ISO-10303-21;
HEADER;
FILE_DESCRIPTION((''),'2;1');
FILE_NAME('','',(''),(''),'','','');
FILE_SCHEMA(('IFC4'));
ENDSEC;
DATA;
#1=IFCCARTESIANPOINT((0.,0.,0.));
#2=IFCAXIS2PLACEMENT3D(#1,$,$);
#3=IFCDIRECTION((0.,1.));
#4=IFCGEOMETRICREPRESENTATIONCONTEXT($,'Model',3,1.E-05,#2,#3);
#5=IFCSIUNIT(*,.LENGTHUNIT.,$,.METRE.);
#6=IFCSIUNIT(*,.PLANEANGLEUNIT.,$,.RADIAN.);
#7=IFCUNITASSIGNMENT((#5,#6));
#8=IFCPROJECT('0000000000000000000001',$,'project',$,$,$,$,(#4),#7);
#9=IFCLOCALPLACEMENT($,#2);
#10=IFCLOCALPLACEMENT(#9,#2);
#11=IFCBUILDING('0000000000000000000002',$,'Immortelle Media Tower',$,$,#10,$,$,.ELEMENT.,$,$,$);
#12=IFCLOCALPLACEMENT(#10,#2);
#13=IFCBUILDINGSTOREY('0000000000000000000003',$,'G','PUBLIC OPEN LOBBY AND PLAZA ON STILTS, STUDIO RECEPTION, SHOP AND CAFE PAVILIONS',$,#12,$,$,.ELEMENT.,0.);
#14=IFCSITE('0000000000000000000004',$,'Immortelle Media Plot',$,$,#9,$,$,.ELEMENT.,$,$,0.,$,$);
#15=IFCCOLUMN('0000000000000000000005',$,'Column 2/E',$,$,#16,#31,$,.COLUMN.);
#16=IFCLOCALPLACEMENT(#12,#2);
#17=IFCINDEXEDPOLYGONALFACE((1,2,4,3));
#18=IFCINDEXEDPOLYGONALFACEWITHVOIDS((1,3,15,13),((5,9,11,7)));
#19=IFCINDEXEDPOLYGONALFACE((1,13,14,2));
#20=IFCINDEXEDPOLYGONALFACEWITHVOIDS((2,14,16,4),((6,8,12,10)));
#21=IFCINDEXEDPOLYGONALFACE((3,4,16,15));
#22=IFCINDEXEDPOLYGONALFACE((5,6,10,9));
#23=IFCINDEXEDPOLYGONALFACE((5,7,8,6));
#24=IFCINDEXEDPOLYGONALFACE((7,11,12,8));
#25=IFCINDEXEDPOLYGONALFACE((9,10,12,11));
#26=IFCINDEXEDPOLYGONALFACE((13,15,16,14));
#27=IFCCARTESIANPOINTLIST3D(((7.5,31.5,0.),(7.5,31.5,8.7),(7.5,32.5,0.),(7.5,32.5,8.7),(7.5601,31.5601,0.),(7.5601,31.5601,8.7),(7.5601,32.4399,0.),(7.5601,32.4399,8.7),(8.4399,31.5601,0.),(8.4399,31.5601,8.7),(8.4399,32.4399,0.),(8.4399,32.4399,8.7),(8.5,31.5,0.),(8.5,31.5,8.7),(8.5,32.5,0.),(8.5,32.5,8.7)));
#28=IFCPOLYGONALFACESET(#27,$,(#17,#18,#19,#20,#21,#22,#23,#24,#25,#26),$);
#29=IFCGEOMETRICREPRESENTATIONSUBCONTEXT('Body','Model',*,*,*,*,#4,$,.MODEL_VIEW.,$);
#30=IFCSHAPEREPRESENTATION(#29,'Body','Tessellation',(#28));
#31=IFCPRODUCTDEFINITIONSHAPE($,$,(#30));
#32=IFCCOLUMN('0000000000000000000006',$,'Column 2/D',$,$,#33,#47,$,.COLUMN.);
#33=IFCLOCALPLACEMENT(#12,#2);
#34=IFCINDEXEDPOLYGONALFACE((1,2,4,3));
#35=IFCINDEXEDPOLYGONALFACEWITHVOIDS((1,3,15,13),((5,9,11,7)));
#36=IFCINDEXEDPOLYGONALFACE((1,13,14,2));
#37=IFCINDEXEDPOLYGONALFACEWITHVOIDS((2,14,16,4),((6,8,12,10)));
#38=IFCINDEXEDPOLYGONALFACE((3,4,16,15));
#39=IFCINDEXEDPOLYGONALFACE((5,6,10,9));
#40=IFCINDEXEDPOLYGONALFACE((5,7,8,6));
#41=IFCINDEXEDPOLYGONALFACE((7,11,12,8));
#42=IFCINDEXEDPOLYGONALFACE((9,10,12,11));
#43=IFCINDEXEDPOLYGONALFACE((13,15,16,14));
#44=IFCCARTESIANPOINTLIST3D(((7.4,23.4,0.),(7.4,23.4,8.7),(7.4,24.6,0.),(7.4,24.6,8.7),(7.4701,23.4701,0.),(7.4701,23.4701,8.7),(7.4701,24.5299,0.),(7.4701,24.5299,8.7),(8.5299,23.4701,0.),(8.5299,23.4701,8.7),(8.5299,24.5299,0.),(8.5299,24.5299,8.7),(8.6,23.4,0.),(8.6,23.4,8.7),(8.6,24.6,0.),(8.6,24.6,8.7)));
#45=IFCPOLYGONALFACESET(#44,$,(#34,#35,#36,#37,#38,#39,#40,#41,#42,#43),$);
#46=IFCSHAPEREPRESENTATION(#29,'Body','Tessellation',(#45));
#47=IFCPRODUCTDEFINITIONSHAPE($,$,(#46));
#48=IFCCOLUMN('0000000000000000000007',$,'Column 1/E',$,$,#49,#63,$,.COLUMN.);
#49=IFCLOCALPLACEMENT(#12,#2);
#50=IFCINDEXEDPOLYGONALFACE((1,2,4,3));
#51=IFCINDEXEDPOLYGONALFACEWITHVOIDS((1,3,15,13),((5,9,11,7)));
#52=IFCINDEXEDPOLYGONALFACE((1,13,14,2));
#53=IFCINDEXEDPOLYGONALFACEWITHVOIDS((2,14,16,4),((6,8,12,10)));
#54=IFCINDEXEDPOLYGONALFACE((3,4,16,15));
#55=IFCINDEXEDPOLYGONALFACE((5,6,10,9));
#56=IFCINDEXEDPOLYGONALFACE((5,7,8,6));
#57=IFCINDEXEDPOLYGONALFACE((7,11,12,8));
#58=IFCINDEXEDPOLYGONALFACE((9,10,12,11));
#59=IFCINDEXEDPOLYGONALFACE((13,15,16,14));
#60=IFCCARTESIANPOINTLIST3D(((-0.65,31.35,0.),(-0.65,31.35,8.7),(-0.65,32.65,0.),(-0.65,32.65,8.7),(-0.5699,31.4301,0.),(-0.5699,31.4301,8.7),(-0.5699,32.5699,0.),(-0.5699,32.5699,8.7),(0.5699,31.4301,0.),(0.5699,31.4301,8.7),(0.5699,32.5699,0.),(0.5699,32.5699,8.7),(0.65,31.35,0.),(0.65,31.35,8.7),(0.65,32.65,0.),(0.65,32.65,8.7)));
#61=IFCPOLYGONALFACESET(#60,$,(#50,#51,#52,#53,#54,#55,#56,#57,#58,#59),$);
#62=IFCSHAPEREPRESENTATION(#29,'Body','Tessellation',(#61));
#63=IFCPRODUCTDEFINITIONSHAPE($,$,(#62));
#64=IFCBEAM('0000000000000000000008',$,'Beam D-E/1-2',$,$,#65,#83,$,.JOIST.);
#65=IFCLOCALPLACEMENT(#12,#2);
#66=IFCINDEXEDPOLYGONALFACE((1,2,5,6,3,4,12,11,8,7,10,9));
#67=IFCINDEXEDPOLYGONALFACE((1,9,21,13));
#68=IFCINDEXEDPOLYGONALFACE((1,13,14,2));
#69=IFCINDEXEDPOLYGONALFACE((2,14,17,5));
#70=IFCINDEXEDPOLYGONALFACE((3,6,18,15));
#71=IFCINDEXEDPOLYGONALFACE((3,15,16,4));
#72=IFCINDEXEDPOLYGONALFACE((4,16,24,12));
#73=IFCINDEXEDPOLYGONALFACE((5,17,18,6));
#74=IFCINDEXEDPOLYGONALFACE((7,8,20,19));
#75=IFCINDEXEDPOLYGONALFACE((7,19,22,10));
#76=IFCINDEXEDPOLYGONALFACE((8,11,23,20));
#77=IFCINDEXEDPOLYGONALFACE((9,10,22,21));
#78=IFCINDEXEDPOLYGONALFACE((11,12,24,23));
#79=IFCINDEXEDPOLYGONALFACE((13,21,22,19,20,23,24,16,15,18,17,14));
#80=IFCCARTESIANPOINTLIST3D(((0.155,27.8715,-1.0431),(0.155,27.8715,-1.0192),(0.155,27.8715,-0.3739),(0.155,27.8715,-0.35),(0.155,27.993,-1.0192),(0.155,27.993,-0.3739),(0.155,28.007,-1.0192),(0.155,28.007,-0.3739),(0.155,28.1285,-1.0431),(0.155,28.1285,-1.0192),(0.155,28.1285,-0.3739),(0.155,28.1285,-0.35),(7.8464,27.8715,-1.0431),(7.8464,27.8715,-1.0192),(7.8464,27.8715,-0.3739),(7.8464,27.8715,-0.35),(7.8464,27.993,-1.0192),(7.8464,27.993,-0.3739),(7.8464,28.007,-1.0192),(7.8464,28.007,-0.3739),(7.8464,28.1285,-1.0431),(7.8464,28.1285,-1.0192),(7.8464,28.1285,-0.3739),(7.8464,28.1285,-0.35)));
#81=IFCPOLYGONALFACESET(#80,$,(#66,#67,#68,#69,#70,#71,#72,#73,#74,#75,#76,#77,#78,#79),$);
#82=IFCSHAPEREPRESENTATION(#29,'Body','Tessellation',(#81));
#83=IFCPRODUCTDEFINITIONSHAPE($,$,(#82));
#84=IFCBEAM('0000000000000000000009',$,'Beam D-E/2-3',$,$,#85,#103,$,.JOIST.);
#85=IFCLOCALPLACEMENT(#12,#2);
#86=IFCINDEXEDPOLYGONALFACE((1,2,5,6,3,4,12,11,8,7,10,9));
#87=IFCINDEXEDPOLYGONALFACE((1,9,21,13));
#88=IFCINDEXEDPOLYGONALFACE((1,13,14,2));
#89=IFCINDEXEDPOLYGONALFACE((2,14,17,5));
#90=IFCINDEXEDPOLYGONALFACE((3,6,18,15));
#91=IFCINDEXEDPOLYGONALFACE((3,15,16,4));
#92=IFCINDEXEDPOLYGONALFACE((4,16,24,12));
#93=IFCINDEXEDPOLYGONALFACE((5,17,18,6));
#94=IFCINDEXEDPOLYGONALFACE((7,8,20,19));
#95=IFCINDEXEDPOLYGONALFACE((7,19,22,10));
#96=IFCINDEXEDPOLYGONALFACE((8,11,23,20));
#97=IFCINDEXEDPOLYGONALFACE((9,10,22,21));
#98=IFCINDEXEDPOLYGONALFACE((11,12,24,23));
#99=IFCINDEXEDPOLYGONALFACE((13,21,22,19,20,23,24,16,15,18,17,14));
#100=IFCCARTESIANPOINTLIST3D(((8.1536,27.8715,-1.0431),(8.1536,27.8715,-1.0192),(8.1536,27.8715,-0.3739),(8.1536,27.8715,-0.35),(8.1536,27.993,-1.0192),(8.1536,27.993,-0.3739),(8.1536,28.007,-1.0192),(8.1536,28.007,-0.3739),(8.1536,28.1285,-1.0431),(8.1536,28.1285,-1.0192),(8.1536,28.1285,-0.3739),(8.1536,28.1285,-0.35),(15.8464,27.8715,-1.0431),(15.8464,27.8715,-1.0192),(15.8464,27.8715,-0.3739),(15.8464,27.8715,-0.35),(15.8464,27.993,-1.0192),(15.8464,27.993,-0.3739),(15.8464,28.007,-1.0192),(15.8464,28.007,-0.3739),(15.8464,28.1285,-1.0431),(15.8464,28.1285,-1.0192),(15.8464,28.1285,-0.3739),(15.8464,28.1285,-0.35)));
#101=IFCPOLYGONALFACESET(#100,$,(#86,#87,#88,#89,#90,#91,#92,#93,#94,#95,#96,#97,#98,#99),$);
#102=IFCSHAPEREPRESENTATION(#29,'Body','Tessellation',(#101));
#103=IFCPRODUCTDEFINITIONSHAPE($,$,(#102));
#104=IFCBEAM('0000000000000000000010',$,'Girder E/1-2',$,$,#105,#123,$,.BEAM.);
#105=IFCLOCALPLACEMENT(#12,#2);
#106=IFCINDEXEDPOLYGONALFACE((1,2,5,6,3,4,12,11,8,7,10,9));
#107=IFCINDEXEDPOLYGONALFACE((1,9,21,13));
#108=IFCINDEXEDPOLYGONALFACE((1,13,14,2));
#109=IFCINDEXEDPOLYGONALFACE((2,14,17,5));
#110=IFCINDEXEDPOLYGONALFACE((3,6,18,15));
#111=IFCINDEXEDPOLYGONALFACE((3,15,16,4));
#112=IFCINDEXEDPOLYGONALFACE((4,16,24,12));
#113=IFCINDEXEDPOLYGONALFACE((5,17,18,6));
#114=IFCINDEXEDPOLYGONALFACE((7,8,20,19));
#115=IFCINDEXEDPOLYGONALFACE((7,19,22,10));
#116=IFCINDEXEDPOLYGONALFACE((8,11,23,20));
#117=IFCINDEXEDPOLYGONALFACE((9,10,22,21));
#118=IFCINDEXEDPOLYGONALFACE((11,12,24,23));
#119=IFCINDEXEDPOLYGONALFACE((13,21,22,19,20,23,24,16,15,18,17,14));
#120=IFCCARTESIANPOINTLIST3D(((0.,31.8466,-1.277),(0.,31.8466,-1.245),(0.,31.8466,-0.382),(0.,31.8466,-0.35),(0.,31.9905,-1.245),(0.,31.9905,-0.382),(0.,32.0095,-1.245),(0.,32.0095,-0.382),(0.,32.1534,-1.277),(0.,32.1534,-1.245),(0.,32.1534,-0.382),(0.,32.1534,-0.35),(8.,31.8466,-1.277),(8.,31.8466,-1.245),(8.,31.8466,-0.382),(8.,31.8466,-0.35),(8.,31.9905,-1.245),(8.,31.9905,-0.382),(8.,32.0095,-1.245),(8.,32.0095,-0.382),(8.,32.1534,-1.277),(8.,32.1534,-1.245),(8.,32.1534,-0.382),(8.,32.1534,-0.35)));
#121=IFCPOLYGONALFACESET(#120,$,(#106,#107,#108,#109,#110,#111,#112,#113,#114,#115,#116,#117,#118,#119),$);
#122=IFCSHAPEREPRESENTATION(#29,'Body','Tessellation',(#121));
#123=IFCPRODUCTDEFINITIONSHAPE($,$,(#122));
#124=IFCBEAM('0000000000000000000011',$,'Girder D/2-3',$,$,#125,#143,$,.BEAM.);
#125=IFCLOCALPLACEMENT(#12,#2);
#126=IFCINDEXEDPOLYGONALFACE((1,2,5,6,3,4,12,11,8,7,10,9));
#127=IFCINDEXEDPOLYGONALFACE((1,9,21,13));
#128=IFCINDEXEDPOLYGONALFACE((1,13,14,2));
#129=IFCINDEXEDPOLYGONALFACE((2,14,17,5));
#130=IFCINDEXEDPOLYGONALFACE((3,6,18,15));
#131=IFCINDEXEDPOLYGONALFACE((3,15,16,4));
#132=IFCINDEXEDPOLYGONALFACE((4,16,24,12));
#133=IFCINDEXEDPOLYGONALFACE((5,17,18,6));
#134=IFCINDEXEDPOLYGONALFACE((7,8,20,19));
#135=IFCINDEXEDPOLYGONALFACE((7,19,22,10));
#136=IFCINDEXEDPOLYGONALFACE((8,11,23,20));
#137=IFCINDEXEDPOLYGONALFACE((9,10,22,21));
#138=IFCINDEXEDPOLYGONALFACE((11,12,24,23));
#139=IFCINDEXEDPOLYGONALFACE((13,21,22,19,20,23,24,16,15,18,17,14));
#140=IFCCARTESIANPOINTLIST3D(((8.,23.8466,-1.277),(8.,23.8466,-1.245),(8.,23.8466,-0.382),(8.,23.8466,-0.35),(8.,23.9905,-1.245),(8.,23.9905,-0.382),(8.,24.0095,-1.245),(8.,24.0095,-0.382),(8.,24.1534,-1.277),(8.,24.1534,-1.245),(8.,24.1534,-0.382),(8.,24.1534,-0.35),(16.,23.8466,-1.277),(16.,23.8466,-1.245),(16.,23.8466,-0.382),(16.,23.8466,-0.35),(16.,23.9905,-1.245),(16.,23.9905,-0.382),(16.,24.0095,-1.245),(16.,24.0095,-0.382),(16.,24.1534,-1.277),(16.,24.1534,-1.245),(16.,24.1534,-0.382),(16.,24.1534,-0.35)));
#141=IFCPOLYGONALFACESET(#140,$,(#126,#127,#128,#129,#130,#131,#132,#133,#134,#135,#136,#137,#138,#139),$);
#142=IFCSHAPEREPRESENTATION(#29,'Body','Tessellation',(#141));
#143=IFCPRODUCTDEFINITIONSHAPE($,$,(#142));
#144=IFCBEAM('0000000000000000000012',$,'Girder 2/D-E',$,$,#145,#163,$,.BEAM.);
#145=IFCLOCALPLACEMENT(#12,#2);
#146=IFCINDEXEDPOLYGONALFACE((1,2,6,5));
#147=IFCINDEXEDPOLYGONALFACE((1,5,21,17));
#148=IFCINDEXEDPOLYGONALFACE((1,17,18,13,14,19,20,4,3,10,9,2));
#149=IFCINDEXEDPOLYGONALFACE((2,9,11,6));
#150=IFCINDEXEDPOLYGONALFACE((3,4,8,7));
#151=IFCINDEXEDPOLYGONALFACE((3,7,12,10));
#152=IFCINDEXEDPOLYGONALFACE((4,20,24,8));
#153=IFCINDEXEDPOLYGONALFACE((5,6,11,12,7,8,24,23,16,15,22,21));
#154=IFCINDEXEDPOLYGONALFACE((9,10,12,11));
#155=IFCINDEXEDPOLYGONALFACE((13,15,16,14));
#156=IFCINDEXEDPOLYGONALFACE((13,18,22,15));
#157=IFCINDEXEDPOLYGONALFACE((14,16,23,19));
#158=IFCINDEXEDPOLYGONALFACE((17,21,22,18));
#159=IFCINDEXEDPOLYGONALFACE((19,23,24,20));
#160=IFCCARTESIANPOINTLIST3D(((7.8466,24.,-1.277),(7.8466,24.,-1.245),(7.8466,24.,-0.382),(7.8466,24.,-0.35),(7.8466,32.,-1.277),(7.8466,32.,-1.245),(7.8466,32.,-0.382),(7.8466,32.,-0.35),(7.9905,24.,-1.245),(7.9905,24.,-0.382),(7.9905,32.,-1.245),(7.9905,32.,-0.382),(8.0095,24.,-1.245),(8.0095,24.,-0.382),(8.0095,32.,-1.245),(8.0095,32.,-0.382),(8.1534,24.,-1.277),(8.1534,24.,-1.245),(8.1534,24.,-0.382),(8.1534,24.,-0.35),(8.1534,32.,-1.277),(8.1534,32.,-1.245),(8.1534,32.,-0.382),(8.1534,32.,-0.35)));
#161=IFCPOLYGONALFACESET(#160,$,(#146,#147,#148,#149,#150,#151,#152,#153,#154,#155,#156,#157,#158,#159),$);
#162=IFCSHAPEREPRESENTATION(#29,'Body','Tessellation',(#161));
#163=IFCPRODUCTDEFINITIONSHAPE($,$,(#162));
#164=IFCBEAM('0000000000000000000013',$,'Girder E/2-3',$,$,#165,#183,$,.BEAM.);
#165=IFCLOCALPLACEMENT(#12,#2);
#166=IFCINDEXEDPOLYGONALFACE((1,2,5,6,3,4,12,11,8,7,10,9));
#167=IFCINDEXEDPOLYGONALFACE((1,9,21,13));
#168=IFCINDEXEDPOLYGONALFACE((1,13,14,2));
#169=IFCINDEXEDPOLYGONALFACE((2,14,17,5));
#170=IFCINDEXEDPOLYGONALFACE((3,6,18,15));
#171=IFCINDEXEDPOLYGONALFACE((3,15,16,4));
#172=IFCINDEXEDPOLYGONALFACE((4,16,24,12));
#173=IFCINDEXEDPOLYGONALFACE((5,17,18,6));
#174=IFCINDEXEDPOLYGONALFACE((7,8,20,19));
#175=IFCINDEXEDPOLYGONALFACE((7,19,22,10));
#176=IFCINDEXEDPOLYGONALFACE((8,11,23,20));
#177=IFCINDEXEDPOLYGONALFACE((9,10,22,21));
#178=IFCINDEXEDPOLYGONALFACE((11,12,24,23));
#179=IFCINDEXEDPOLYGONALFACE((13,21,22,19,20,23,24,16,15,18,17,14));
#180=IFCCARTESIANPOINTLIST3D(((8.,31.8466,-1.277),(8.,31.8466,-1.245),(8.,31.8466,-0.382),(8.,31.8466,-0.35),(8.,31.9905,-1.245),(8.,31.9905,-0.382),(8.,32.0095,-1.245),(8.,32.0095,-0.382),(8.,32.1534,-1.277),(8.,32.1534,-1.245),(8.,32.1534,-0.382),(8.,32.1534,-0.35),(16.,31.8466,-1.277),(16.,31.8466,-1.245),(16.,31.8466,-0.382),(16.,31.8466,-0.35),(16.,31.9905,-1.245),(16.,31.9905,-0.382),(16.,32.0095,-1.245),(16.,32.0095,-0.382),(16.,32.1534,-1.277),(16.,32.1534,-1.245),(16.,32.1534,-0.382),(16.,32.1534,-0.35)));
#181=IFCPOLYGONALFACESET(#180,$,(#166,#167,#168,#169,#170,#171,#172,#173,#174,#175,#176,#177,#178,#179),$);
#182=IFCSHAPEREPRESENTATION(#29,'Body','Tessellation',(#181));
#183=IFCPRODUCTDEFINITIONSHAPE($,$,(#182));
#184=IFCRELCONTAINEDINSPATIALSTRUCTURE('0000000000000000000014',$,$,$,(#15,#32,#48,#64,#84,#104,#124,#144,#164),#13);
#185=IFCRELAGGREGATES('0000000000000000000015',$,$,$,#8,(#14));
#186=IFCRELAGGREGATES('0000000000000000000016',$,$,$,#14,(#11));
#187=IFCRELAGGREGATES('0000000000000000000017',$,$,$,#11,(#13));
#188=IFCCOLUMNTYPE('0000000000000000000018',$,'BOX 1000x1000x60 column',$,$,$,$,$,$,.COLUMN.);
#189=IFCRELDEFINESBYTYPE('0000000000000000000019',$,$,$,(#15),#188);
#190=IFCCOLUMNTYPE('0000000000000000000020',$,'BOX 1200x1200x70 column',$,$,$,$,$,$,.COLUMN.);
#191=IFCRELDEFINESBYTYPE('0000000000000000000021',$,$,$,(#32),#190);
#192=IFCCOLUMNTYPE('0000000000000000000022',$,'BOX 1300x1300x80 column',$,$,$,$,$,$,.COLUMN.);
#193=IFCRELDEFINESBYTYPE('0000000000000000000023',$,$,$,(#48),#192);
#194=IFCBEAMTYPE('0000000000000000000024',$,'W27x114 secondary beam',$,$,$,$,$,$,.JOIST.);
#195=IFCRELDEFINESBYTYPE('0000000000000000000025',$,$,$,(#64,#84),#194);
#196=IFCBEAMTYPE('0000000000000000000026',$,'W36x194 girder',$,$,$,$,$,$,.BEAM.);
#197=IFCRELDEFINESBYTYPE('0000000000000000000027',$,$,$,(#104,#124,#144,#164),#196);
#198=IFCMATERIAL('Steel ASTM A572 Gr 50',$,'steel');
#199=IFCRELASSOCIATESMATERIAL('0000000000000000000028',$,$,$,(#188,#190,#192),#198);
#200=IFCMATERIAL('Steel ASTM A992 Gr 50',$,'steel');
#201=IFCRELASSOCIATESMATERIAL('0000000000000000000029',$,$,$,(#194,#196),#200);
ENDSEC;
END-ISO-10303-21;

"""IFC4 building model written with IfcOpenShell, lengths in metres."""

from ifc_helpers import new_model, si_unit, direction, frame, origin, origin_2d, place, context, subcontext, project, spatial, hollow_rectangle, i_section, extrude, material, material_profile, profile_set, type_object, element, save


model = new_model("IFC4")

# Units and contexts
model_context = context("Model", 3, precision=1e-05, world=origin(), true_north=direction((0.0, 1.0)))
body_context = subcontext(model_context, "Body", "Model", "MODEL_VIEW")
ifc_project = project(units=[si_unit("LENGTHUNIT", "METRE"), si_unit("PLANEANGLEUNIT", "RADIAN")], contexts=[model_context])

# Site, building, storey
site_placement = place(None, origin())
site = spatial("IfcSite", under=ifc_project, at=site_placement, Name="Immortelle Media Plot", CompositionType="ELEMENT", RefElevation=0.0)
building_placement = place(site_placement, origin())
building = spatial("IfcBuilding", under=site, at=building_placement, Name="Immortelle Media Tower", CompositionType="ELEMENT")
storey_placement = place(building_placement, origin())
storey = spatial("IfcBuildingStorey", under=building, at=storey_placement, Name="G", Description="PUBLIC OPEN LOBBY AND PLAZA ON STILTS, STUDIO RECEPTION, SHOP AND CAFE PAVILIONS", CompositionType="ELEMENT", Elevation=0.0)

# Columns
ifc_material_1 = material(Name="Steel ASTM A572 Gr 50", Category="steel")
ifc_material_profile_1 = material_profile(ifc_material_1, hollow_rectangle(XDim=1.0, YDim=1.0, WallThickness=0.0601, at=origin_2d()), Name="BOX 1000x1000x60 column")
ifc_profile_set_1 = profile_set([ifc_material_profile_1], Name="Steel ASTM A572 Gr 50")
column_type_1 = type_object("IfcColumnType", Name="BOX 1000x1000x60 column", PredefinedType="COLUMN", material=ifc_profile_set_1)
column_1_placement = place(storey_placement, frame((8.0, 32.0, 0.0), z_axis=(0.0, 0.0, 1.0), x_axis=(1.0, 0.0, 0.0)))
element("IfcColumn", 1, at=column_1_placement, inside=storey, type_object=column_type_1, Name="Column 2/E", PredefinedType="COLUMN", context=body_context, shape_type="SweptSolid", body=[
    extrude(hollow_rectangle(XDim=1.0, YDim=1.0, WallThickness=0.0601, at=origin_2d()), origin(), (0.0, 0.0, 1.0), 8.7),
])
ifc_material_profile_2 = material_profile(ifc_material_1, hollow_rectangle(XDim=1.2, YDim=1.2, WallThickness=0.0701, at=origin_2d()), Name="BOX 1200x1200x70 column")
ifc_profile_set_2 = profile_set([ifc_material_profile_2], Name="Steel ASTM A572 Gr 50")
column_type_2 = type_object("IfcColumnType", Name="BOX 1200x1200x70 column", PredefinedType="COLUMN", material=ifc_profile_set_2)
column_2_placement = place(storey_placement, frame((8.0, 24.0, 0.0), z_axis=(0.0, 0.0, 1.0), x_axis=(1.0, 0.0, 0.0)))
element("IfcColumn", 2, at=column_2_placement, inside=storey, type_object=column_type_2, Name="Column 2/D", PredefinedType="COLUMN", context=body_context, shape_type="SweptSolid", body=[
    extrude(hollow_rectangle(XDim=1.2, YDim=1.2, WallThickness=0.0701, at=origin_2d()), origin(), (0.0, 0.0, 1.0), 8.7),
])
ifc_material_profile_3 = material_profile(ifc_material_1, hollow_rectangle(XDim=1.3, YDim=1.3, WallThickness=0.0801, at=origin_2d()), Name="BOX 1300x1300x80 column")
ifc_profile_set_3 = profile_set([ifc_material_profile_3], Name="Steel ASTM A572 Gr 50")
column_type_3 = type_object("IfcColumnType", Name="BOX 1300x1300x80 column", PredefinedType="COLUMN", material=ifc_profile_set_3)
column_3_placement = place(storey_placement, frame((0.0, 32.0, 0.0), z_axis=(0.0, 0.0, 1.0), x_axis=(1.0, 0.0, 0.0)))
element("IfcColumn", 3, at=column_3_placement, inside=storey, type_object=column_type_3, Name="Column 1/E", PredefinedType="COLUMN", context=body_context, shape_type="SweptSolid", body=[
    extrude(hollow_rectangle(XDim=1.3, YDim=1.3, WallThickness=0.0801, at=origin_2d()), origin(), (0.0, 0.0, 1.0), 8.7),
])

# Beams
ifc_material_2 = material(Name="Steel ASTM A992 Gr 50", Category="steel")
ifc_material_profile_4 = material_profile(ifc_material_2, i_section(OverallWidth=0.2571, OverallDepth=0.6931, WebThickness=0.0139, FlangeThickness=0.0239, at=origin_2d()), Name="W27x114")
ifc_profile_set_4 = profile_set([ifc_material_profile_4], Name="Steel ASTM A992 Gr 50")
beam_type_1 = type_object("IfcBeamType", Name="W27x114 secondary beam", PredefinedType="JOIST", material=ifc_profile_set_4)
beam_1_placement = place(storey_placement, frame((0.155, 28.0, -0.6965), z_axis=(1.0, 0.0, 0.0), x_axis=(0.0, 1.0, 0.0)))
element("IfcBeam", 4, at=beam_1_placement, inside=storey, type_object=beam_type_1, Name="Beam D-E/1-2", PredefinedType="JOIST", context=body_context, shape_type="SweptSolid", body=[
    extrude(i_section(OverallWidth=0.2571, OverallDepth=0.6931, WebThickness=0.0139, FlangeThickness=0.0239, at=origin_2d()), origin(), (0.0, 0.0, 1.0), 7.6914),
])
beam_2_placement = place(storey_placement, frame((8.1536, 28.0, -0.6965), z_axis=(1.0, 0.0, 0.0), x_axis=(0.0, 1.0, 0.0)))
element("IfcBeam", 5, at=beam_2_placement, inside=storey, type_object=beam_type_1, Name="Beam D-E/2-3", PredefinedType="JOIST", context=body_context, shape_type="SweptSolid", body=[
    extrude(i_section(OverallWidth=0.2571, OverallDepth=0.6931, WebThickness=0.0139, FlangeThickness=0.0239, at=origin_2d()), origin(), (0.0, 0.0, 1.0), 7.6929),
])
ifc_material_profile_5 = material_profile(ifc_material_2, i_section(OverallWidth=0.3069, OverallDepth=0.927, WebThickness=0.019, FlangeThickness=0.032, at=origin_2d()), Name="W36x194")
ifc_profile_set_5 = profile_set([ifc_material_profile_5], Name="Steel ASTM A992 Gr 50")
beam_type_2 = type_object("IfcBeamType", Name="W36x194 girder", PredefinedType="BEAM", material=ifc_profile_set_5)
for number, where, z_axis, x_axis, name in (
    (6, (0.0, 32.0, -0.8135), (1.0, 0.0, 0.0), (0.0, 1.0, 0.0), "Girder E/1-2"),
    (7, (8.0, 24.0, -0.8135), (1.0, 0.0, 0.0), (0.0, 1.0, 0.0), "Girder D/2-3"),
    (8, (8.0, 24.0, -0.8135), (0.0, 1.0, 0.0), (-1.0, 0.0, 0.0), "Girder 2/D-E"),
    (9, (8.0, 32.0, -0.8135), (1.0, 0.0, 0.0), (0.0, 1.0, 0.0), "Girder E/2-3"),
):
    element("IfcBeam", number, at=place(storey_placement, frame(where, z_axis=z_axis, x_axis=x_axis)), inside=storey, type_object=beam_type_2, Name=name, PredefinedType="BEAM", context=body_context, shape_type="SweptSolid", body=[
        extrude(i_section(OverallWidth=0.3069, OverallDepth=0.927, WebThickness=0.019, FlangeThickness=0.032, at=origin_2d()), origin(), (0.0, 0.0, 1.0), 8.0),
    ])

save(model, "model.ifc")
